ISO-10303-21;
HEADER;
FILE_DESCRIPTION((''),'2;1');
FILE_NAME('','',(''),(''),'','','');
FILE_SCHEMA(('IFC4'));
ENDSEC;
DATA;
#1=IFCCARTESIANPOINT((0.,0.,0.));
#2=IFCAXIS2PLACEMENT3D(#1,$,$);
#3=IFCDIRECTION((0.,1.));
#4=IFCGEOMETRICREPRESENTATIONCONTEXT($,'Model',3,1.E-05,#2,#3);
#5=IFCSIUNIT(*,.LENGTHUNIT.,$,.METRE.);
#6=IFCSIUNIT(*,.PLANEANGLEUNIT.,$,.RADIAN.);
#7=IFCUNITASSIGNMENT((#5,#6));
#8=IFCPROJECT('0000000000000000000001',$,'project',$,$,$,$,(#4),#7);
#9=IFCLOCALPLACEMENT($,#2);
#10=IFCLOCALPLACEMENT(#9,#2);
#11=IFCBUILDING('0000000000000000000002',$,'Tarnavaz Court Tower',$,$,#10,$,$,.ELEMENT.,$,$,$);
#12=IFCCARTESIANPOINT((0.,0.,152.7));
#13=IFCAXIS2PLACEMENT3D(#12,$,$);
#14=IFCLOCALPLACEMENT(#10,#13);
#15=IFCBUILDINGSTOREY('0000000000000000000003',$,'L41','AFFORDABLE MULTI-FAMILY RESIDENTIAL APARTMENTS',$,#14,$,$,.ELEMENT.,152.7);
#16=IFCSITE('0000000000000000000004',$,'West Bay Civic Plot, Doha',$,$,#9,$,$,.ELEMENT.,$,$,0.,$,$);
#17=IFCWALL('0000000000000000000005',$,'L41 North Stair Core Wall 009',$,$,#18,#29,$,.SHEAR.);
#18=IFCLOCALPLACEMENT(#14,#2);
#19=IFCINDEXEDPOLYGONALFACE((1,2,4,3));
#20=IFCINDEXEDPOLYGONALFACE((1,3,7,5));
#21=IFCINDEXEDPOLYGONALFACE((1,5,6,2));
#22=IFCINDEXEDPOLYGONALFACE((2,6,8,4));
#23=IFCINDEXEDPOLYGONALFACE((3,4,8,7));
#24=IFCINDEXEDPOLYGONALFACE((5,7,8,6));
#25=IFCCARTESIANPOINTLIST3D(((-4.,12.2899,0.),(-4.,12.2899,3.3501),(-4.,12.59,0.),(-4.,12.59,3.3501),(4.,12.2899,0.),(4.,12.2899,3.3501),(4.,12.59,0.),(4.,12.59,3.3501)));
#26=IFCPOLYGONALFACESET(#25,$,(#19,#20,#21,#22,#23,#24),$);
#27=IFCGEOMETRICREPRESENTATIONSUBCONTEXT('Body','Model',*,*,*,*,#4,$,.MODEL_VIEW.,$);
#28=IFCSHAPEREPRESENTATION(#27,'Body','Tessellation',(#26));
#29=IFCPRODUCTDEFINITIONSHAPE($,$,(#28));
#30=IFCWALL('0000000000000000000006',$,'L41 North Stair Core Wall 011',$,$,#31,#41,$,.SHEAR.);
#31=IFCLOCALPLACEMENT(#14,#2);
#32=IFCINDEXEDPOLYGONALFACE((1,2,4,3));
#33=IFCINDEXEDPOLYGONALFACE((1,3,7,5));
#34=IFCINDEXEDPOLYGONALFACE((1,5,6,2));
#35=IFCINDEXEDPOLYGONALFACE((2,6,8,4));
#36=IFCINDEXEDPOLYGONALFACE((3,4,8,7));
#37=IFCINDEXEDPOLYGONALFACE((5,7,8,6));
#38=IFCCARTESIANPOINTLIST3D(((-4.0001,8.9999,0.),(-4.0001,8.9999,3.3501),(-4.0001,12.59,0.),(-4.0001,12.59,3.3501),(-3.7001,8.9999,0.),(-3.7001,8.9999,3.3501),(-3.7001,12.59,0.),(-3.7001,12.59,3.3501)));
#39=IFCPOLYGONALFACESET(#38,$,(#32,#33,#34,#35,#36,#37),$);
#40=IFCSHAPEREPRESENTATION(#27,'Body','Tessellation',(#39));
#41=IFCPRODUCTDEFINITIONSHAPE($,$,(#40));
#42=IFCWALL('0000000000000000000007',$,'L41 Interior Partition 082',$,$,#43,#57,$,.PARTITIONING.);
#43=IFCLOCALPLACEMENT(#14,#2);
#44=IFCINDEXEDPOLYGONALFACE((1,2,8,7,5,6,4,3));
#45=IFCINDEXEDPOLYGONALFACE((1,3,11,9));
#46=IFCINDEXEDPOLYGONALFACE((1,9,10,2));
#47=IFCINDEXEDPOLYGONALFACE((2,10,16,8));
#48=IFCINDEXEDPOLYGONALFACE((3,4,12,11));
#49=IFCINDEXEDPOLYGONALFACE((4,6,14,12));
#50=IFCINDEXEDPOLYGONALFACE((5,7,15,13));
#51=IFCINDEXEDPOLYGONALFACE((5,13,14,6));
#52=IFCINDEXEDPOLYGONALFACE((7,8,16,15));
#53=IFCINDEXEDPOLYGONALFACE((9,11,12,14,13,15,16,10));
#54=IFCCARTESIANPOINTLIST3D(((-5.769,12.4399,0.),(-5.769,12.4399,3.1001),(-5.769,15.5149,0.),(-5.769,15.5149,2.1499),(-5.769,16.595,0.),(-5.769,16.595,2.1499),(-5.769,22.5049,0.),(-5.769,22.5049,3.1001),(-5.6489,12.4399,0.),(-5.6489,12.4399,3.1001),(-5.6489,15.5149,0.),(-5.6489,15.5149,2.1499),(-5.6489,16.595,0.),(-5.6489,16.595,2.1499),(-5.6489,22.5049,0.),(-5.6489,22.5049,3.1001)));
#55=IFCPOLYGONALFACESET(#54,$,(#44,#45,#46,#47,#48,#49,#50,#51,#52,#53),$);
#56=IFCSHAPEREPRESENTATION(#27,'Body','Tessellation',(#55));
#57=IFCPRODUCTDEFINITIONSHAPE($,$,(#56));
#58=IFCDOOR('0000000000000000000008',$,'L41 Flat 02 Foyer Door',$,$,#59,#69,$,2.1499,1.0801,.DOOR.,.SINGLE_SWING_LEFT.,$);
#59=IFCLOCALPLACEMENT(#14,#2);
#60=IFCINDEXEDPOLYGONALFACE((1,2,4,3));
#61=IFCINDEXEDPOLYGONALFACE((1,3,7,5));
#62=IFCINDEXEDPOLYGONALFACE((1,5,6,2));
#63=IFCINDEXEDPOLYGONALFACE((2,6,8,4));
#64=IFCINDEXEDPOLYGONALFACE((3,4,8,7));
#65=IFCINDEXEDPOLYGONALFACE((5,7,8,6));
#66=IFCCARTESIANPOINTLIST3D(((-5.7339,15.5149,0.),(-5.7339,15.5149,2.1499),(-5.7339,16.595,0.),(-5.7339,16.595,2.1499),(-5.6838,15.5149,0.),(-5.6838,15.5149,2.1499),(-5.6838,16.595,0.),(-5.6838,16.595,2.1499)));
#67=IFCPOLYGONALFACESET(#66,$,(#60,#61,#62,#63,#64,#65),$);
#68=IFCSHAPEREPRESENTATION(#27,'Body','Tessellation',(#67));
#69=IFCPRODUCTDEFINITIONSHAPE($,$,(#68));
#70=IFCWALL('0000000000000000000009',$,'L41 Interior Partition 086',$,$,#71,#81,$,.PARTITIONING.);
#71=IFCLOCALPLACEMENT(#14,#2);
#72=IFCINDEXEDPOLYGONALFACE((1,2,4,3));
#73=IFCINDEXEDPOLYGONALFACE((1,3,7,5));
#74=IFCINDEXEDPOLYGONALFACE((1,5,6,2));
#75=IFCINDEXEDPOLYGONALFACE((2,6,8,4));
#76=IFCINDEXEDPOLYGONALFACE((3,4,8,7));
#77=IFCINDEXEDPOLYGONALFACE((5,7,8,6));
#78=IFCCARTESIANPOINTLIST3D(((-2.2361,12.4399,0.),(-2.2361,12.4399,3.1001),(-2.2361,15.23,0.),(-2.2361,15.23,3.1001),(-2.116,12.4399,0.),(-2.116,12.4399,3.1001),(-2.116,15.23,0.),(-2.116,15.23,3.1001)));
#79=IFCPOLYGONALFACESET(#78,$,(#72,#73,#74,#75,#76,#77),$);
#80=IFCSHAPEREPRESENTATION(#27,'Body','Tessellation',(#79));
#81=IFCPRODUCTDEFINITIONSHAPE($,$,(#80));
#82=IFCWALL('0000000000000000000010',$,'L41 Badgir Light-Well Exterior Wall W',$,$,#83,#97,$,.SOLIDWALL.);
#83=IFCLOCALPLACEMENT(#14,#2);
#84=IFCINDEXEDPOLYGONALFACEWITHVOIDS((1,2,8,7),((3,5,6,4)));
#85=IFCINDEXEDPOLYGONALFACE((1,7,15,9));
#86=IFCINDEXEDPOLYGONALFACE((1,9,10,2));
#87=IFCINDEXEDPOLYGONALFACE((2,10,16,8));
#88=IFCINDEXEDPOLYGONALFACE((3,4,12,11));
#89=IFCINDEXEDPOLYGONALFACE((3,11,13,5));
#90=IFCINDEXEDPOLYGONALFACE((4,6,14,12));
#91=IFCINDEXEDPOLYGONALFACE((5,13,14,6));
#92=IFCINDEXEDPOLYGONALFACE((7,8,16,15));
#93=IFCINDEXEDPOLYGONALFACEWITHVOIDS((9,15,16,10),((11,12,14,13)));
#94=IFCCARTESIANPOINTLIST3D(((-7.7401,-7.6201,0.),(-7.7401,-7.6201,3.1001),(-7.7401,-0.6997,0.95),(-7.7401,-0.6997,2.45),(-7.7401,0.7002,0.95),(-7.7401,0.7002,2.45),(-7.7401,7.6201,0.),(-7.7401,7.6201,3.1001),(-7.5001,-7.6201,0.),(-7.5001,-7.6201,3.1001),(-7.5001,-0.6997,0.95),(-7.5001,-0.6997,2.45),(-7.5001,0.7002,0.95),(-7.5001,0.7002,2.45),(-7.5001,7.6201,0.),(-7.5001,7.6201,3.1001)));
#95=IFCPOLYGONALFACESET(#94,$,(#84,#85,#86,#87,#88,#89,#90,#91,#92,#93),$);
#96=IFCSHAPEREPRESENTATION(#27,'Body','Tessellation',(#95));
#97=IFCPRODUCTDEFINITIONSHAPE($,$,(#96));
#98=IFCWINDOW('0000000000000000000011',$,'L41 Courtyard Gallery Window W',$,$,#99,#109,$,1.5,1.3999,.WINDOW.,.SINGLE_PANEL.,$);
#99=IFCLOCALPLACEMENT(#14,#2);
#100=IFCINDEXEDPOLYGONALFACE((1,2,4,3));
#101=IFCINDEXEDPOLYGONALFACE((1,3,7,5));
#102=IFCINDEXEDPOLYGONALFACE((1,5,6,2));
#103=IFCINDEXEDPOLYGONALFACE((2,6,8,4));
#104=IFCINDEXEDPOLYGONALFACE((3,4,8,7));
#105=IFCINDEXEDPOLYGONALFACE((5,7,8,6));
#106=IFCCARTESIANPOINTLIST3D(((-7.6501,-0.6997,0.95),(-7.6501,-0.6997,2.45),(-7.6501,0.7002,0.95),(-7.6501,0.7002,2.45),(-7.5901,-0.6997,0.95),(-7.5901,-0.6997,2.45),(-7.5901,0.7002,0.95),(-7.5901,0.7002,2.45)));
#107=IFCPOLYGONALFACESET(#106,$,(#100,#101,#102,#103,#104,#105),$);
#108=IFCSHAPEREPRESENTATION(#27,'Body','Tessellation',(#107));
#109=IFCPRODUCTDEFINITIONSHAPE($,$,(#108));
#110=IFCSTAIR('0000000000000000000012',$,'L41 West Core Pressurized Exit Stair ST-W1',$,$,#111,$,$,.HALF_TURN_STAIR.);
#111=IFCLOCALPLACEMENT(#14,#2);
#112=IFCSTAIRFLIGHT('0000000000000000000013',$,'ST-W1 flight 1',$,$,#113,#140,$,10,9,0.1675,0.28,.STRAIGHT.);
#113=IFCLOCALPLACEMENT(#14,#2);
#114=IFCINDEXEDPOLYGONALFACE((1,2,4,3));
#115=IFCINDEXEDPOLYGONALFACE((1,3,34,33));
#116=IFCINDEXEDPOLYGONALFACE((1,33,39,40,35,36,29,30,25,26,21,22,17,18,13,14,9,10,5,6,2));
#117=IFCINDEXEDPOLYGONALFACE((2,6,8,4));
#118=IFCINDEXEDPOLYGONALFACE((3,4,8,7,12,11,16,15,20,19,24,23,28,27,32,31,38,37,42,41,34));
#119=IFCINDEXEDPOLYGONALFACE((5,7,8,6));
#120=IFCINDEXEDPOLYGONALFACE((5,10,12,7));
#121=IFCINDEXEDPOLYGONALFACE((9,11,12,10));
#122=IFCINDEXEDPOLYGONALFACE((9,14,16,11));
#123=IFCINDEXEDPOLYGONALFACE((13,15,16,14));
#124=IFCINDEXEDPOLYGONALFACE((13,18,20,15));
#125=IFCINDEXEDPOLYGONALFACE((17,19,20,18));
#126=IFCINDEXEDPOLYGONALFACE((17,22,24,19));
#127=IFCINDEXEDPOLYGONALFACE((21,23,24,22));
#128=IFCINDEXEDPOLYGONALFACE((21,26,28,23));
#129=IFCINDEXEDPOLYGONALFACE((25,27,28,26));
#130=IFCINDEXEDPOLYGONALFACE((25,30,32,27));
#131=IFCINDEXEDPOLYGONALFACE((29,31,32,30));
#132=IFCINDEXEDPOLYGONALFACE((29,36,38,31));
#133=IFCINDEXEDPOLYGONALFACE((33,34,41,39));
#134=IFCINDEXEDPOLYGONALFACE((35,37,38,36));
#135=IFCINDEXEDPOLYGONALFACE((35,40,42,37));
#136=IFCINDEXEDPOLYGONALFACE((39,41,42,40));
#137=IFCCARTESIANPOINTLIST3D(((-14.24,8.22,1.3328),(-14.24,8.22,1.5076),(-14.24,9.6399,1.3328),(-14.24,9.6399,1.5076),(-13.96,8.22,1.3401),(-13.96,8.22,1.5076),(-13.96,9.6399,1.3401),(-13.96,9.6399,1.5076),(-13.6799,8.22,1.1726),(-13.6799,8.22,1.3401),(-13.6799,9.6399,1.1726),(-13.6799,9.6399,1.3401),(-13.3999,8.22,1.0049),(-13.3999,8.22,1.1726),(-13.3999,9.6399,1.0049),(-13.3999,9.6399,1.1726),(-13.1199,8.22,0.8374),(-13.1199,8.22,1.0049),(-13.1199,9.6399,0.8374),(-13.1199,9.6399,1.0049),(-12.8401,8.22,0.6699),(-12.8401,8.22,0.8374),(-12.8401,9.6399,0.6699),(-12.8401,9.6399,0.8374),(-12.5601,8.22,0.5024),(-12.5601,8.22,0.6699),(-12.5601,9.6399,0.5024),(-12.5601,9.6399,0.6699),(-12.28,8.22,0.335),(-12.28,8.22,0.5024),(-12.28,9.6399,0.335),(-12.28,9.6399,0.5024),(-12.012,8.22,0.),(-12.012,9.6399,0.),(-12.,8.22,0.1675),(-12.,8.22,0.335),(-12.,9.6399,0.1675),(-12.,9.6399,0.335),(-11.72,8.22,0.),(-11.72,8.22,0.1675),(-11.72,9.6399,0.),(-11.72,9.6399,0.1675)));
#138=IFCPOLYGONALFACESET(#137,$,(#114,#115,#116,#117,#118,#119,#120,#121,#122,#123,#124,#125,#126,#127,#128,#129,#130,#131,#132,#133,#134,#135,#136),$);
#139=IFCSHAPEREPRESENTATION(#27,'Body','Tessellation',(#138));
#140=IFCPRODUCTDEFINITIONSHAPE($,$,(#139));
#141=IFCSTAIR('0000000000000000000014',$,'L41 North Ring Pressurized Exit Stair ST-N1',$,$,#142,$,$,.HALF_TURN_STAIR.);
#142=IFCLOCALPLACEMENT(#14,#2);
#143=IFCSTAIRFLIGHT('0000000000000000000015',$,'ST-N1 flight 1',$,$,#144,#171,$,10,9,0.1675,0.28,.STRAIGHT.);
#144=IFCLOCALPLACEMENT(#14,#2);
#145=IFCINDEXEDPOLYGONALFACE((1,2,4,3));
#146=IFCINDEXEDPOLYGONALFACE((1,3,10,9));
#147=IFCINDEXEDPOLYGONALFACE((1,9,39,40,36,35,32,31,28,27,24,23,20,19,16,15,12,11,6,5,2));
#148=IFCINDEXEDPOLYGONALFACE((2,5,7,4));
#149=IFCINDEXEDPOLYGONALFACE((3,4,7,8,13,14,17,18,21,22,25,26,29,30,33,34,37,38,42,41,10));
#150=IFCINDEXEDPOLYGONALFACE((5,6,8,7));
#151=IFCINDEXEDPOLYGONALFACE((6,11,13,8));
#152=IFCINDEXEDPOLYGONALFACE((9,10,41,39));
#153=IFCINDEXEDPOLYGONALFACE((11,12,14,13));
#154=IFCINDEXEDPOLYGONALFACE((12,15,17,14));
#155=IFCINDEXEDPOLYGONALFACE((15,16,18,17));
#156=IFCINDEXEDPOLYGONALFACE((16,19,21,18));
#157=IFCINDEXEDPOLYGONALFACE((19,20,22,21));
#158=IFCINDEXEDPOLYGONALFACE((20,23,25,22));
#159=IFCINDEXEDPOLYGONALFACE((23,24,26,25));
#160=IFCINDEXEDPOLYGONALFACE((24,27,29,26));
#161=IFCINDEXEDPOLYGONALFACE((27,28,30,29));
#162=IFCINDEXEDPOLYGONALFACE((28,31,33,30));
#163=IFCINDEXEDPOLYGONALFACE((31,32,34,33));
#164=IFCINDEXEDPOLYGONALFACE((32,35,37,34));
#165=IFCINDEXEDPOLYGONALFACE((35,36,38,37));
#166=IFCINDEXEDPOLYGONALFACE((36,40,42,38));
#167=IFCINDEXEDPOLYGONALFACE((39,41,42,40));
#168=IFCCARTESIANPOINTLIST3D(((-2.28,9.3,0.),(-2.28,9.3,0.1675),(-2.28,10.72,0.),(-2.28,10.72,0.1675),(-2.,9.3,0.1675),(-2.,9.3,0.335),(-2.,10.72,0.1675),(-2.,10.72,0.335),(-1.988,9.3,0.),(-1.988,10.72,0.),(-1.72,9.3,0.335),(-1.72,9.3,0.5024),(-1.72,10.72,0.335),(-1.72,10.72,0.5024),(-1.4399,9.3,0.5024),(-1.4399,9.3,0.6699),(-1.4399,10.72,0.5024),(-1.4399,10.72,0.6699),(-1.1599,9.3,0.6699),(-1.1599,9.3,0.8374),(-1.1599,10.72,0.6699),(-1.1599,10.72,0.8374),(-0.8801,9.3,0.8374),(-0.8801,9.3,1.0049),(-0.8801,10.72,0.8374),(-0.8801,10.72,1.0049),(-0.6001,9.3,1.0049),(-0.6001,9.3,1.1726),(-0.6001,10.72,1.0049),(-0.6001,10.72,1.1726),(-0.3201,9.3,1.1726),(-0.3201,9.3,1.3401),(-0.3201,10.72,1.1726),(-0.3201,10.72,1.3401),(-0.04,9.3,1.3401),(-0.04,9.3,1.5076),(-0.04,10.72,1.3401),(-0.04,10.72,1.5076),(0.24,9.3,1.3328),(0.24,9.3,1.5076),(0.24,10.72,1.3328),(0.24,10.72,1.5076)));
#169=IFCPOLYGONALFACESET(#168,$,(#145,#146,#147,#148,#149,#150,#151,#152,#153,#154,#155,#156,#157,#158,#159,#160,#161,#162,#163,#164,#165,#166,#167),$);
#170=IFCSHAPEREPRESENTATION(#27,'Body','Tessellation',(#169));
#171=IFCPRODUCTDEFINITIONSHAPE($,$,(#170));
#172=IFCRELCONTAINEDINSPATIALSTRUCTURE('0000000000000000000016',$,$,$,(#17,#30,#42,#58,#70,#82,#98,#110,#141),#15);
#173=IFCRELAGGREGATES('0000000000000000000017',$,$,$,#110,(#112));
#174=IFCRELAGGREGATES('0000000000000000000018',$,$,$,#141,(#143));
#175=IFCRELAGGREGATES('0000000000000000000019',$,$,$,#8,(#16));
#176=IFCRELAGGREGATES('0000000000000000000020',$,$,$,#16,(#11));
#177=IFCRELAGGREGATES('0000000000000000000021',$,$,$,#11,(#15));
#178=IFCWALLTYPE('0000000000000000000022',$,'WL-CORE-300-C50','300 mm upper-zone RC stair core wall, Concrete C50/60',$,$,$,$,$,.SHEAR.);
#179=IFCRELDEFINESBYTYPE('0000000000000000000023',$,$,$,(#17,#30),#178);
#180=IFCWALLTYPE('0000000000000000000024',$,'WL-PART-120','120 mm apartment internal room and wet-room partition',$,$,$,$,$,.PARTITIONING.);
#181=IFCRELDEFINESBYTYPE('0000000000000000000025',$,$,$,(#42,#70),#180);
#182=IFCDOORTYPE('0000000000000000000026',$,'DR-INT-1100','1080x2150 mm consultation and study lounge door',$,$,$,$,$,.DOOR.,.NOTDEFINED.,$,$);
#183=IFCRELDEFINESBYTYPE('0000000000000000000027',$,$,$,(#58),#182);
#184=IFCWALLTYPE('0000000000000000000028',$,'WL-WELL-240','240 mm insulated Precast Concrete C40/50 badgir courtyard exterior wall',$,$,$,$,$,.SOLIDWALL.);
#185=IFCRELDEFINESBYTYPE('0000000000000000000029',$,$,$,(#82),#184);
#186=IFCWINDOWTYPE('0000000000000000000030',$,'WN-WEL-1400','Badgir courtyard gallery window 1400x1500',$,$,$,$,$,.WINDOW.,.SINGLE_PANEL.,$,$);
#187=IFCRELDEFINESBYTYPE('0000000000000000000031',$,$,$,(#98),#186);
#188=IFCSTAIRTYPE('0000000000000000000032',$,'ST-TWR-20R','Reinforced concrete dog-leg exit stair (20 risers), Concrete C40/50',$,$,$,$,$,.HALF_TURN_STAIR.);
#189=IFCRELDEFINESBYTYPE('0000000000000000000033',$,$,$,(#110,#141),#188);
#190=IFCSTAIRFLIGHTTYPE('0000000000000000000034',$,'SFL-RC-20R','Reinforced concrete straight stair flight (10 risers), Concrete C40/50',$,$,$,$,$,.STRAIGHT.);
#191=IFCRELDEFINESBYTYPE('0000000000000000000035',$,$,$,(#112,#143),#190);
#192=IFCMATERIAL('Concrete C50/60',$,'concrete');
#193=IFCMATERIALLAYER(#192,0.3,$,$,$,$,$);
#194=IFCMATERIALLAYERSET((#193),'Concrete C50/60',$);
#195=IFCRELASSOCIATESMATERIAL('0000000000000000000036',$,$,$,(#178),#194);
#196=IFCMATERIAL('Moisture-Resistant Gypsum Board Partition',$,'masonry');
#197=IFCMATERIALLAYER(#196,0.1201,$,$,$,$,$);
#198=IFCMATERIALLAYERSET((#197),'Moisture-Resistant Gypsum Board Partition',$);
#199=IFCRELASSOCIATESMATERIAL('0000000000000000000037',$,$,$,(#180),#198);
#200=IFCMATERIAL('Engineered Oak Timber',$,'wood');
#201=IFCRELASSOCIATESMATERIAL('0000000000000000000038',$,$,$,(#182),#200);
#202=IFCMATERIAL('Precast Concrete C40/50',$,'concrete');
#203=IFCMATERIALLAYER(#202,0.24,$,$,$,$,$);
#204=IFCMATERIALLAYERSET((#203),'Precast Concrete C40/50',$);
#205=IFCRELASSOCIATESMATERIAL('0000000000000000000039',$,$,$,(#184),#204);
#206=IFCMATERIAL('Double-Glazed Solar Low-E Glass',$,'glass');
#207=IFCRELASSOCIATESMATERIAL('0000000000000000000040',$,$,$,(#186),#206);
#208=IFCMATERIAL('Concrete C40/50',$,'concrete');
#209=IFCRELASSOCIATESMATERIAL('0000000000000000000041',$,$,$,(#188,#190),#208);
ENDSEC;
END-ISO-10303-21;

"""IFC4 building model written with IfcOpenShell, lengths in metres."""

from ifc_helpers import new_model, si_unit, direction, frame, frame_2d, origin, place, context, subcontext, project, spatial, polyline, rectangle, outline, extrude, material, layer, layer_set, type_object, element, fill, aggregate, save


model = new_model("IFC4")

# Units and contexts
model_context = context("Model", 3, precision=1e-05, world=origin(), true_north=direction((0.0, 1.0)))
body_context = subcontext(model_context, "Body", "Model", "MODEL_VIEW")
ifc_project = project(units=[si_unit("LENGTHUNIT", "METRE"), si_unit("PLANEANGLEUNIT", "RADIAN")], contexts=[model_context])

# Site, building, storey
site_placement = place(None, origin())
site = spatial("IfcSite", under=ifc_project, at=site_placement, Name="West Bay Civic Plot, Doha", CompositionType="ELEMENT", RefElevation=0.0)
building_placement = place(site_placement, origin())
building = spatial("IfcBuilding", under=site, at=building_placement, Name="Tarnavaz Court Tower", CompositionType="ELEMENT")
storey_placement = place(building_placement, frame((0.0, 0.0, 152.7)))
storey = spatial("IfcBuildingStorey", under=building, at=storey_placement, Name="L41", Description="AFFORDABLE MULTI-FAMILY RESIDENTIAL APARTMENTS", CompositionType="ELEMENT", Elevation=152.7)

# Wall
ifc_material_1 = material(Name="Concrete C50/60", Category="concrete")
ifc_layer_1 = layer(ifc_material_1, 0.3)
ifc_layer_set_1 = layer_set([ifc_layer_1], Name="Concrete C50/60")
wall_type_1 = type_object("IfcWallType", Name="WL-CORE-300-C50", Description="300 mm upper-zone RC stair core wall, Concrete C50/60", PredefinedType="SHEAR", material=ifc_layer_set_1)
wall_1_placement = place(storey_placement, frame((-4.0, 12.4399, 0.0), z_axis=(0.0, 0.0, 1.0), x_axis=(1.0, 0.0, 0.0)))
element("IfcWall", 1, at=wall_1_placement, inside=storey, type_object=wall_type_1, Name="L41 North Stair Core Wall 009", PredefinedType="SHEAR", context=body_context, shape_type="SweptSolid", body=[
    extrude(rectangle(XDim=8.0, YDim=0.3, at=frame_2d((4.0, 0.0))), origin(), (0.0, 0.0, 1.0), 3.3501),
])

# Wall
wall_2_placement = place(storey_placement, frame((-3.8501, 9.0, 0.0), z_axis=(0.0, 0.0, 1.0), x_axis=(0.0, 1.0, 0.0)))
element("IfcWall", 2, at=wall_2_placement, inside=storey, type_object=wall_type_1, Name="L41 North Stair Core Wall 011", PredefinedType="SHEAR", context=body_context, shape_type="SweptSolid", body=[
    extrude(rectangle(XDim=3.5901, YDim=0.3, at=frame_2d((1.7949, 0.0))), origin(), (0.0, 0.0, 1.0), 3.3501),
])

# Wall, opening, door
ifc_material_2 = material(Name="Moisture-Resistant Gypsum Board Partition", Category="masonry")
ifc_layer_2 = layer(ifc_material_2, 0.1201)
ifc_layer_set_2 = layer_set([ifc_layer_2], Name="Moisture-Resistant Gypsum Board Partition")
wall_type_2 = type_object("IfcWallType", Name="WL-PART-120", Description="120 mm apartment internal room and wet-room partition", PredefinedType="PARTITIONING", material=ifc_layer_set_2)
wall_3_placement = place(storey_placement, frame((-5.709, 12.4399, 0.0), z_axis=(0.0, 0.0, 1.0), x_axis=(0.0, 1.0, 0.0)))
wall_3 = element("IfcWall", 3, at=wall_3_placement, inside=storey, type_object=wall_type_2, Name="L41 Interior Partition 082", PredefinedType="PARTITIONING", context=body_context, shape_type="SweptSolid", body=[
    extrude(rectangle(XDim=10.0649, YDim=0.1201, at=frame_2d((5.0325, 0.0))), origin(), (0.0, 0.0, 1.0), 3.1001),
])
opening_1_placement = place(wall_3_placement, frame((3.075, 0.0, 0.0)))
opening_1 = element("IfcOpeningElement", 4, at=opening_1_placement, cuts=wall_3, PredefinedType="OPENING", context=body_context, shape_type="SweptSolid", body=[
    extrude(rectangle(XDim=1.0801, YDim=2.1499, at=frame_2d((0.54, 1.075))), frame((0.0, 0.0701, 0.0), z_axis=(0.0, -1.0, 0.0), x_axis=(1.0, 0.0, 0.0)), (0.0, 0.0, 1.0), 0.1401),
])
ifc_material_3 = material(Name="Engineered Oak Timber", Category="wood")
door_type_1 = type_object("IfcDoorType", Name="DR-INT-1100", Description="1080x2150 mm consultation and study lounge door", OperationType="NOTDEFINED", PredefinedType="DOOR", material=ifc_material_3)
door_1_placement = place(opening_1_placement, origin())
door_1 = element("IfcDoor", 5, at=door_1_placement, inside=storey, type_object=door_type_1, Name="L41 Flat 02 Foyer Door", OperationType="SINGLE_SWING_LEFT", OverallHeight=2.1499, OverallWidth=1.0801, PredefinedType="DOOR", context=body_context, shape_type="SweptSolid", body=[
    extrude(rectangle(XDim=1.0801, YDim=2.1499, at=frame_2d((0.54, 1.075))), frame((0.0, 0.0249, 0.0), z_axis=(0.0, -1.0, 0.0), x_axis=(1.0, 0.0, 0.0)), (0.0, 0.0, 1.0), 0.05),
])
fill(opening_1, door_1)

# Wall
wall_4_placement = place(storey_placement, frame((-2.176, 12.4399, 0.0), z_axis=(0.0, 0.0, 1.0), x_axis=(0.0, 1.0, 0.0)))
element("IfcWall", 6, at=wall_4_placement, inside=storey, type_object=wall_type_2, Name="L41 Interior Partition 086", PredefinedType="PARTITIONING", context=body_context, shape_type="SweptSolid", body=[
    extrude(rectangle(XDim=2.79, YDim=0.1201, at=frame_2d((1.395, 0.0))), origin(), (0.0, 0.0, 1.0), 3.1001),
])

# Wall, opening, window
ifc_material_4 = material(Name="Precast Concrete C40/50", Category="concrete")
ifc_layer_3 = layer(ifc_material_4, 0.24)
ifc_layer_set_3 = layer_set([ifc_layer_3], Name="Precast Concrete C40/50")
wall_type_3 = type_object("IfcWallType", Name="WL-WELL-240", Description="240 mm insulated Precast Concrete C40/50 badgir courtyard exterior wall", PredefinedType="SOLIDWALL", material=ifc_layer_set_3)
wall_5_placement = place(storey_placement, frame((-7.6201, 7.6201, 0.0), z_axis=(0.0, 0.0, 1.0), x_axis=(0.0, -1.0, 0.0)))
wall_5 = element("IfcWall", 7, at=wall_5_placement, inside=storey, type_object=wall_type_3, Name="L41 Badgir Light-Well Exterior Wall W", PredefinedType="SOLIDWALL", context=body_context, shape_type="SweptSolid", body=[
    extrude(rectangle(XDim=15.2402, YDim=0.24, at=frame_2d((7.6201, 0.0))), origin(), (0.0, 0.0, 1.0), 3.1001),
])
opening_2_placement = place(wall_5_placement, frame((6.9199, 0.0, 0.95)))
opening_2 = element("IfcOpeningElement", 8, at=opening_2_placement, cuts=wall_5, PredefinedType="OPENING", context=body_context, shape_type="SweptSolid", body=[
    extrude(rectangle(XDim=1.3999, YDim=1.5, at=frame_2d((0.7, 0.75))), frame((0.0, 0.1299, 0.0), z_axis=(0.0, -1.0, 0.0), x_axis=(1.0, 0.0, 0.0)), (0.0, 0.0, 1.0), 0.26),
])
ifc_material_5 = material(Name="Double-Glazed Solar Low-E Glass", Category="glass")
window_type = type_object("IfcWindowType", Name="WN-WEL-1400", Description="Badgir courtyard gallery window 1400x1500", PartitioningType="SINGLE_PANEL", PredefinedType="WINDOW", material=ifc_material_5)
window_placement = place(opening_2_placement, origin())
window = element("IfcWindow", 9, at=window_placement, inside=storey, type_object=window_type, Name="L41 Courtyard Gallery Window W", OverallHeight=1.5, OverallWidth=1.3999, PartitioningType="SINGLE_PANEL", PredefinedType="WINDOW", context=body_context, shape_type="SweptSolid", body=[
    extrude(rectangle(XDim=1.3999, YDim=1.5, at=frame_2d((0.7, 0.75))), frame((0.0, 0.03, 0.0), z_axis=(0.0, -1.0, 0.0), x_axis=(1.0, 0.0, 0.0)), (0.0, 0.0, 1.0), 0.0601),
])
fill(opening_2, window)

# Stairs, stair flights
ifc_material_6 = material(Name="Concrete C40/50", Category="concrete")
stair_type = type_object("IfcStairType", Name="ST-TWR-20R", Description="Reinforced concrete dog-leg exit stair (20 risers), Concrete C40/50", PredefinedType="HALF_TURN_STAIR", material=ifc_material_6)
stair_1_placement = place(storey_placement, origin())
stair_1 = element("IfcStair", 10, at=stair_1_placement, inside=storey, type_object=stair_type, Name="L41 West Core Pressurized Exit Stair ST-W1", PredefinedType="HALF_TURN_STAIR")
stair_flight_type = type_object("IfcStairFlightType", Name="SFL-RC-20R", Description="Reinforced concrete straight stair flight (10 risers), Concrete C40/50", PredefinedType="STRAIGHT", material=ifc_material_6)
stair_flight_1_placement = place(storey_placement, frame((-11.72, 8.9299, 0.0), z_axis=(0.0, 0.0, 1.0), x_axis=(-1.0, 0.0, 0.0)))
stair_flight_1 = element("IfcStairFlight", 11, at=stair_flight_1_placement, type_object=stair_flight_type, Name="ST-W1 flight 1", NumberOfRisers=10, NumberOfTreads=9, PredefinedType="STRAIGHT", RiserHeight=0.1675, TreadLength=0.28, context=body_context, shape_type="SweptSolid", body=[
    extrude(outline(polyline([(0.0, 0.0), (0.0, 0.1675), (0.28, 0.1675), (0.28, 0.335), (0.5601, 0.335), (0.5601, 0.5024), (0.8401, 0.5024), (0.8401, 0.6699), (1.1201, 0.6699), (1.1201, 0.8374), (1.3999, 0.8374), (1.3999, 1.0049), (1.6799, 1.0049), (1.6799, 1.1726), (1.96, 1.1726), (1.96, 1.3401), (2.24, 1.3401), (2.24, 1.5076), (2.52, 1.5076), (2.52, 1.675), (2.52, 1.3328), (0.292, 0.0), (0.0, 0.0)])), frame((0.0, 0.71, 0.0), z_axis=(0.0, -1.0, 0.0), x_axis=(1.0, 0.0, 0.0)), (0.0, 0.0, 1.0), 1.4199),
])
aggregate(stair_1, [stair_flight_1])
stair_2_placement = place(storey_placement, origin())
stair_2 = element("IfcStair", 12, at=stair_2_placement, inside=storey, type_object=stair_type, Name="L41 North Ring Pressurized Exit Stair ST-N1", PredefinedType="HALF_TURN_STAIR")
stair_flight_2_placement = place(storey_placement, frame((-2.28, 10.01, 0.0), z_axis=(0.0, 0.0, 1.0), x_axis=(1.0, 0.0, 0.0)))
stair_flight_2 = element("IfcStairFlight", 13, at=stair_flight_2_placement, type_object=stair_flight_type, Name="ST-N1 flight 1", NumberOfRisers=10, NumberOfTreads=9, PredefinedType="STRAIGHT", RiserHeight=0.1675, TreadLength=0.28, context=body_context, shape_type="SweptSolid", body=[
    extrude(outline(polyline([(0.0, 0.0), (0.0, 0.1675), (0.28, 0.1675), (0.28, 0.335), (0.5601, 0.335), (0.5601, 0.5024), (0.8401, 0.5024), (0.8401, 0.6699), (1.1201, 0.6699), (1.1201, 0.8374), (1.3999, 0.8374), (1.3999, 1.0049), (1.6799, 1.0049), (1.6799, 1.1726), (1.96, 1.1726), (1.96, 1.3401), (2.24, 1.3401), (2.24, 1.5076), (2.52, 1.5076), (2.52, 1.675), (2.52, 1.3328), (0.292, 0.0), (0.0, 0.0)])), frame((0.0, 0.71, 0.0), z_axis=(0.0, -1.0, 0.0), x_axis=(1.0, 0.0, 0.0)), (0.0, 0.0, 1.0), 1.4199),
])
aggregate(stair_2, [stair_flight_2])

save(model, "model.ifc")
